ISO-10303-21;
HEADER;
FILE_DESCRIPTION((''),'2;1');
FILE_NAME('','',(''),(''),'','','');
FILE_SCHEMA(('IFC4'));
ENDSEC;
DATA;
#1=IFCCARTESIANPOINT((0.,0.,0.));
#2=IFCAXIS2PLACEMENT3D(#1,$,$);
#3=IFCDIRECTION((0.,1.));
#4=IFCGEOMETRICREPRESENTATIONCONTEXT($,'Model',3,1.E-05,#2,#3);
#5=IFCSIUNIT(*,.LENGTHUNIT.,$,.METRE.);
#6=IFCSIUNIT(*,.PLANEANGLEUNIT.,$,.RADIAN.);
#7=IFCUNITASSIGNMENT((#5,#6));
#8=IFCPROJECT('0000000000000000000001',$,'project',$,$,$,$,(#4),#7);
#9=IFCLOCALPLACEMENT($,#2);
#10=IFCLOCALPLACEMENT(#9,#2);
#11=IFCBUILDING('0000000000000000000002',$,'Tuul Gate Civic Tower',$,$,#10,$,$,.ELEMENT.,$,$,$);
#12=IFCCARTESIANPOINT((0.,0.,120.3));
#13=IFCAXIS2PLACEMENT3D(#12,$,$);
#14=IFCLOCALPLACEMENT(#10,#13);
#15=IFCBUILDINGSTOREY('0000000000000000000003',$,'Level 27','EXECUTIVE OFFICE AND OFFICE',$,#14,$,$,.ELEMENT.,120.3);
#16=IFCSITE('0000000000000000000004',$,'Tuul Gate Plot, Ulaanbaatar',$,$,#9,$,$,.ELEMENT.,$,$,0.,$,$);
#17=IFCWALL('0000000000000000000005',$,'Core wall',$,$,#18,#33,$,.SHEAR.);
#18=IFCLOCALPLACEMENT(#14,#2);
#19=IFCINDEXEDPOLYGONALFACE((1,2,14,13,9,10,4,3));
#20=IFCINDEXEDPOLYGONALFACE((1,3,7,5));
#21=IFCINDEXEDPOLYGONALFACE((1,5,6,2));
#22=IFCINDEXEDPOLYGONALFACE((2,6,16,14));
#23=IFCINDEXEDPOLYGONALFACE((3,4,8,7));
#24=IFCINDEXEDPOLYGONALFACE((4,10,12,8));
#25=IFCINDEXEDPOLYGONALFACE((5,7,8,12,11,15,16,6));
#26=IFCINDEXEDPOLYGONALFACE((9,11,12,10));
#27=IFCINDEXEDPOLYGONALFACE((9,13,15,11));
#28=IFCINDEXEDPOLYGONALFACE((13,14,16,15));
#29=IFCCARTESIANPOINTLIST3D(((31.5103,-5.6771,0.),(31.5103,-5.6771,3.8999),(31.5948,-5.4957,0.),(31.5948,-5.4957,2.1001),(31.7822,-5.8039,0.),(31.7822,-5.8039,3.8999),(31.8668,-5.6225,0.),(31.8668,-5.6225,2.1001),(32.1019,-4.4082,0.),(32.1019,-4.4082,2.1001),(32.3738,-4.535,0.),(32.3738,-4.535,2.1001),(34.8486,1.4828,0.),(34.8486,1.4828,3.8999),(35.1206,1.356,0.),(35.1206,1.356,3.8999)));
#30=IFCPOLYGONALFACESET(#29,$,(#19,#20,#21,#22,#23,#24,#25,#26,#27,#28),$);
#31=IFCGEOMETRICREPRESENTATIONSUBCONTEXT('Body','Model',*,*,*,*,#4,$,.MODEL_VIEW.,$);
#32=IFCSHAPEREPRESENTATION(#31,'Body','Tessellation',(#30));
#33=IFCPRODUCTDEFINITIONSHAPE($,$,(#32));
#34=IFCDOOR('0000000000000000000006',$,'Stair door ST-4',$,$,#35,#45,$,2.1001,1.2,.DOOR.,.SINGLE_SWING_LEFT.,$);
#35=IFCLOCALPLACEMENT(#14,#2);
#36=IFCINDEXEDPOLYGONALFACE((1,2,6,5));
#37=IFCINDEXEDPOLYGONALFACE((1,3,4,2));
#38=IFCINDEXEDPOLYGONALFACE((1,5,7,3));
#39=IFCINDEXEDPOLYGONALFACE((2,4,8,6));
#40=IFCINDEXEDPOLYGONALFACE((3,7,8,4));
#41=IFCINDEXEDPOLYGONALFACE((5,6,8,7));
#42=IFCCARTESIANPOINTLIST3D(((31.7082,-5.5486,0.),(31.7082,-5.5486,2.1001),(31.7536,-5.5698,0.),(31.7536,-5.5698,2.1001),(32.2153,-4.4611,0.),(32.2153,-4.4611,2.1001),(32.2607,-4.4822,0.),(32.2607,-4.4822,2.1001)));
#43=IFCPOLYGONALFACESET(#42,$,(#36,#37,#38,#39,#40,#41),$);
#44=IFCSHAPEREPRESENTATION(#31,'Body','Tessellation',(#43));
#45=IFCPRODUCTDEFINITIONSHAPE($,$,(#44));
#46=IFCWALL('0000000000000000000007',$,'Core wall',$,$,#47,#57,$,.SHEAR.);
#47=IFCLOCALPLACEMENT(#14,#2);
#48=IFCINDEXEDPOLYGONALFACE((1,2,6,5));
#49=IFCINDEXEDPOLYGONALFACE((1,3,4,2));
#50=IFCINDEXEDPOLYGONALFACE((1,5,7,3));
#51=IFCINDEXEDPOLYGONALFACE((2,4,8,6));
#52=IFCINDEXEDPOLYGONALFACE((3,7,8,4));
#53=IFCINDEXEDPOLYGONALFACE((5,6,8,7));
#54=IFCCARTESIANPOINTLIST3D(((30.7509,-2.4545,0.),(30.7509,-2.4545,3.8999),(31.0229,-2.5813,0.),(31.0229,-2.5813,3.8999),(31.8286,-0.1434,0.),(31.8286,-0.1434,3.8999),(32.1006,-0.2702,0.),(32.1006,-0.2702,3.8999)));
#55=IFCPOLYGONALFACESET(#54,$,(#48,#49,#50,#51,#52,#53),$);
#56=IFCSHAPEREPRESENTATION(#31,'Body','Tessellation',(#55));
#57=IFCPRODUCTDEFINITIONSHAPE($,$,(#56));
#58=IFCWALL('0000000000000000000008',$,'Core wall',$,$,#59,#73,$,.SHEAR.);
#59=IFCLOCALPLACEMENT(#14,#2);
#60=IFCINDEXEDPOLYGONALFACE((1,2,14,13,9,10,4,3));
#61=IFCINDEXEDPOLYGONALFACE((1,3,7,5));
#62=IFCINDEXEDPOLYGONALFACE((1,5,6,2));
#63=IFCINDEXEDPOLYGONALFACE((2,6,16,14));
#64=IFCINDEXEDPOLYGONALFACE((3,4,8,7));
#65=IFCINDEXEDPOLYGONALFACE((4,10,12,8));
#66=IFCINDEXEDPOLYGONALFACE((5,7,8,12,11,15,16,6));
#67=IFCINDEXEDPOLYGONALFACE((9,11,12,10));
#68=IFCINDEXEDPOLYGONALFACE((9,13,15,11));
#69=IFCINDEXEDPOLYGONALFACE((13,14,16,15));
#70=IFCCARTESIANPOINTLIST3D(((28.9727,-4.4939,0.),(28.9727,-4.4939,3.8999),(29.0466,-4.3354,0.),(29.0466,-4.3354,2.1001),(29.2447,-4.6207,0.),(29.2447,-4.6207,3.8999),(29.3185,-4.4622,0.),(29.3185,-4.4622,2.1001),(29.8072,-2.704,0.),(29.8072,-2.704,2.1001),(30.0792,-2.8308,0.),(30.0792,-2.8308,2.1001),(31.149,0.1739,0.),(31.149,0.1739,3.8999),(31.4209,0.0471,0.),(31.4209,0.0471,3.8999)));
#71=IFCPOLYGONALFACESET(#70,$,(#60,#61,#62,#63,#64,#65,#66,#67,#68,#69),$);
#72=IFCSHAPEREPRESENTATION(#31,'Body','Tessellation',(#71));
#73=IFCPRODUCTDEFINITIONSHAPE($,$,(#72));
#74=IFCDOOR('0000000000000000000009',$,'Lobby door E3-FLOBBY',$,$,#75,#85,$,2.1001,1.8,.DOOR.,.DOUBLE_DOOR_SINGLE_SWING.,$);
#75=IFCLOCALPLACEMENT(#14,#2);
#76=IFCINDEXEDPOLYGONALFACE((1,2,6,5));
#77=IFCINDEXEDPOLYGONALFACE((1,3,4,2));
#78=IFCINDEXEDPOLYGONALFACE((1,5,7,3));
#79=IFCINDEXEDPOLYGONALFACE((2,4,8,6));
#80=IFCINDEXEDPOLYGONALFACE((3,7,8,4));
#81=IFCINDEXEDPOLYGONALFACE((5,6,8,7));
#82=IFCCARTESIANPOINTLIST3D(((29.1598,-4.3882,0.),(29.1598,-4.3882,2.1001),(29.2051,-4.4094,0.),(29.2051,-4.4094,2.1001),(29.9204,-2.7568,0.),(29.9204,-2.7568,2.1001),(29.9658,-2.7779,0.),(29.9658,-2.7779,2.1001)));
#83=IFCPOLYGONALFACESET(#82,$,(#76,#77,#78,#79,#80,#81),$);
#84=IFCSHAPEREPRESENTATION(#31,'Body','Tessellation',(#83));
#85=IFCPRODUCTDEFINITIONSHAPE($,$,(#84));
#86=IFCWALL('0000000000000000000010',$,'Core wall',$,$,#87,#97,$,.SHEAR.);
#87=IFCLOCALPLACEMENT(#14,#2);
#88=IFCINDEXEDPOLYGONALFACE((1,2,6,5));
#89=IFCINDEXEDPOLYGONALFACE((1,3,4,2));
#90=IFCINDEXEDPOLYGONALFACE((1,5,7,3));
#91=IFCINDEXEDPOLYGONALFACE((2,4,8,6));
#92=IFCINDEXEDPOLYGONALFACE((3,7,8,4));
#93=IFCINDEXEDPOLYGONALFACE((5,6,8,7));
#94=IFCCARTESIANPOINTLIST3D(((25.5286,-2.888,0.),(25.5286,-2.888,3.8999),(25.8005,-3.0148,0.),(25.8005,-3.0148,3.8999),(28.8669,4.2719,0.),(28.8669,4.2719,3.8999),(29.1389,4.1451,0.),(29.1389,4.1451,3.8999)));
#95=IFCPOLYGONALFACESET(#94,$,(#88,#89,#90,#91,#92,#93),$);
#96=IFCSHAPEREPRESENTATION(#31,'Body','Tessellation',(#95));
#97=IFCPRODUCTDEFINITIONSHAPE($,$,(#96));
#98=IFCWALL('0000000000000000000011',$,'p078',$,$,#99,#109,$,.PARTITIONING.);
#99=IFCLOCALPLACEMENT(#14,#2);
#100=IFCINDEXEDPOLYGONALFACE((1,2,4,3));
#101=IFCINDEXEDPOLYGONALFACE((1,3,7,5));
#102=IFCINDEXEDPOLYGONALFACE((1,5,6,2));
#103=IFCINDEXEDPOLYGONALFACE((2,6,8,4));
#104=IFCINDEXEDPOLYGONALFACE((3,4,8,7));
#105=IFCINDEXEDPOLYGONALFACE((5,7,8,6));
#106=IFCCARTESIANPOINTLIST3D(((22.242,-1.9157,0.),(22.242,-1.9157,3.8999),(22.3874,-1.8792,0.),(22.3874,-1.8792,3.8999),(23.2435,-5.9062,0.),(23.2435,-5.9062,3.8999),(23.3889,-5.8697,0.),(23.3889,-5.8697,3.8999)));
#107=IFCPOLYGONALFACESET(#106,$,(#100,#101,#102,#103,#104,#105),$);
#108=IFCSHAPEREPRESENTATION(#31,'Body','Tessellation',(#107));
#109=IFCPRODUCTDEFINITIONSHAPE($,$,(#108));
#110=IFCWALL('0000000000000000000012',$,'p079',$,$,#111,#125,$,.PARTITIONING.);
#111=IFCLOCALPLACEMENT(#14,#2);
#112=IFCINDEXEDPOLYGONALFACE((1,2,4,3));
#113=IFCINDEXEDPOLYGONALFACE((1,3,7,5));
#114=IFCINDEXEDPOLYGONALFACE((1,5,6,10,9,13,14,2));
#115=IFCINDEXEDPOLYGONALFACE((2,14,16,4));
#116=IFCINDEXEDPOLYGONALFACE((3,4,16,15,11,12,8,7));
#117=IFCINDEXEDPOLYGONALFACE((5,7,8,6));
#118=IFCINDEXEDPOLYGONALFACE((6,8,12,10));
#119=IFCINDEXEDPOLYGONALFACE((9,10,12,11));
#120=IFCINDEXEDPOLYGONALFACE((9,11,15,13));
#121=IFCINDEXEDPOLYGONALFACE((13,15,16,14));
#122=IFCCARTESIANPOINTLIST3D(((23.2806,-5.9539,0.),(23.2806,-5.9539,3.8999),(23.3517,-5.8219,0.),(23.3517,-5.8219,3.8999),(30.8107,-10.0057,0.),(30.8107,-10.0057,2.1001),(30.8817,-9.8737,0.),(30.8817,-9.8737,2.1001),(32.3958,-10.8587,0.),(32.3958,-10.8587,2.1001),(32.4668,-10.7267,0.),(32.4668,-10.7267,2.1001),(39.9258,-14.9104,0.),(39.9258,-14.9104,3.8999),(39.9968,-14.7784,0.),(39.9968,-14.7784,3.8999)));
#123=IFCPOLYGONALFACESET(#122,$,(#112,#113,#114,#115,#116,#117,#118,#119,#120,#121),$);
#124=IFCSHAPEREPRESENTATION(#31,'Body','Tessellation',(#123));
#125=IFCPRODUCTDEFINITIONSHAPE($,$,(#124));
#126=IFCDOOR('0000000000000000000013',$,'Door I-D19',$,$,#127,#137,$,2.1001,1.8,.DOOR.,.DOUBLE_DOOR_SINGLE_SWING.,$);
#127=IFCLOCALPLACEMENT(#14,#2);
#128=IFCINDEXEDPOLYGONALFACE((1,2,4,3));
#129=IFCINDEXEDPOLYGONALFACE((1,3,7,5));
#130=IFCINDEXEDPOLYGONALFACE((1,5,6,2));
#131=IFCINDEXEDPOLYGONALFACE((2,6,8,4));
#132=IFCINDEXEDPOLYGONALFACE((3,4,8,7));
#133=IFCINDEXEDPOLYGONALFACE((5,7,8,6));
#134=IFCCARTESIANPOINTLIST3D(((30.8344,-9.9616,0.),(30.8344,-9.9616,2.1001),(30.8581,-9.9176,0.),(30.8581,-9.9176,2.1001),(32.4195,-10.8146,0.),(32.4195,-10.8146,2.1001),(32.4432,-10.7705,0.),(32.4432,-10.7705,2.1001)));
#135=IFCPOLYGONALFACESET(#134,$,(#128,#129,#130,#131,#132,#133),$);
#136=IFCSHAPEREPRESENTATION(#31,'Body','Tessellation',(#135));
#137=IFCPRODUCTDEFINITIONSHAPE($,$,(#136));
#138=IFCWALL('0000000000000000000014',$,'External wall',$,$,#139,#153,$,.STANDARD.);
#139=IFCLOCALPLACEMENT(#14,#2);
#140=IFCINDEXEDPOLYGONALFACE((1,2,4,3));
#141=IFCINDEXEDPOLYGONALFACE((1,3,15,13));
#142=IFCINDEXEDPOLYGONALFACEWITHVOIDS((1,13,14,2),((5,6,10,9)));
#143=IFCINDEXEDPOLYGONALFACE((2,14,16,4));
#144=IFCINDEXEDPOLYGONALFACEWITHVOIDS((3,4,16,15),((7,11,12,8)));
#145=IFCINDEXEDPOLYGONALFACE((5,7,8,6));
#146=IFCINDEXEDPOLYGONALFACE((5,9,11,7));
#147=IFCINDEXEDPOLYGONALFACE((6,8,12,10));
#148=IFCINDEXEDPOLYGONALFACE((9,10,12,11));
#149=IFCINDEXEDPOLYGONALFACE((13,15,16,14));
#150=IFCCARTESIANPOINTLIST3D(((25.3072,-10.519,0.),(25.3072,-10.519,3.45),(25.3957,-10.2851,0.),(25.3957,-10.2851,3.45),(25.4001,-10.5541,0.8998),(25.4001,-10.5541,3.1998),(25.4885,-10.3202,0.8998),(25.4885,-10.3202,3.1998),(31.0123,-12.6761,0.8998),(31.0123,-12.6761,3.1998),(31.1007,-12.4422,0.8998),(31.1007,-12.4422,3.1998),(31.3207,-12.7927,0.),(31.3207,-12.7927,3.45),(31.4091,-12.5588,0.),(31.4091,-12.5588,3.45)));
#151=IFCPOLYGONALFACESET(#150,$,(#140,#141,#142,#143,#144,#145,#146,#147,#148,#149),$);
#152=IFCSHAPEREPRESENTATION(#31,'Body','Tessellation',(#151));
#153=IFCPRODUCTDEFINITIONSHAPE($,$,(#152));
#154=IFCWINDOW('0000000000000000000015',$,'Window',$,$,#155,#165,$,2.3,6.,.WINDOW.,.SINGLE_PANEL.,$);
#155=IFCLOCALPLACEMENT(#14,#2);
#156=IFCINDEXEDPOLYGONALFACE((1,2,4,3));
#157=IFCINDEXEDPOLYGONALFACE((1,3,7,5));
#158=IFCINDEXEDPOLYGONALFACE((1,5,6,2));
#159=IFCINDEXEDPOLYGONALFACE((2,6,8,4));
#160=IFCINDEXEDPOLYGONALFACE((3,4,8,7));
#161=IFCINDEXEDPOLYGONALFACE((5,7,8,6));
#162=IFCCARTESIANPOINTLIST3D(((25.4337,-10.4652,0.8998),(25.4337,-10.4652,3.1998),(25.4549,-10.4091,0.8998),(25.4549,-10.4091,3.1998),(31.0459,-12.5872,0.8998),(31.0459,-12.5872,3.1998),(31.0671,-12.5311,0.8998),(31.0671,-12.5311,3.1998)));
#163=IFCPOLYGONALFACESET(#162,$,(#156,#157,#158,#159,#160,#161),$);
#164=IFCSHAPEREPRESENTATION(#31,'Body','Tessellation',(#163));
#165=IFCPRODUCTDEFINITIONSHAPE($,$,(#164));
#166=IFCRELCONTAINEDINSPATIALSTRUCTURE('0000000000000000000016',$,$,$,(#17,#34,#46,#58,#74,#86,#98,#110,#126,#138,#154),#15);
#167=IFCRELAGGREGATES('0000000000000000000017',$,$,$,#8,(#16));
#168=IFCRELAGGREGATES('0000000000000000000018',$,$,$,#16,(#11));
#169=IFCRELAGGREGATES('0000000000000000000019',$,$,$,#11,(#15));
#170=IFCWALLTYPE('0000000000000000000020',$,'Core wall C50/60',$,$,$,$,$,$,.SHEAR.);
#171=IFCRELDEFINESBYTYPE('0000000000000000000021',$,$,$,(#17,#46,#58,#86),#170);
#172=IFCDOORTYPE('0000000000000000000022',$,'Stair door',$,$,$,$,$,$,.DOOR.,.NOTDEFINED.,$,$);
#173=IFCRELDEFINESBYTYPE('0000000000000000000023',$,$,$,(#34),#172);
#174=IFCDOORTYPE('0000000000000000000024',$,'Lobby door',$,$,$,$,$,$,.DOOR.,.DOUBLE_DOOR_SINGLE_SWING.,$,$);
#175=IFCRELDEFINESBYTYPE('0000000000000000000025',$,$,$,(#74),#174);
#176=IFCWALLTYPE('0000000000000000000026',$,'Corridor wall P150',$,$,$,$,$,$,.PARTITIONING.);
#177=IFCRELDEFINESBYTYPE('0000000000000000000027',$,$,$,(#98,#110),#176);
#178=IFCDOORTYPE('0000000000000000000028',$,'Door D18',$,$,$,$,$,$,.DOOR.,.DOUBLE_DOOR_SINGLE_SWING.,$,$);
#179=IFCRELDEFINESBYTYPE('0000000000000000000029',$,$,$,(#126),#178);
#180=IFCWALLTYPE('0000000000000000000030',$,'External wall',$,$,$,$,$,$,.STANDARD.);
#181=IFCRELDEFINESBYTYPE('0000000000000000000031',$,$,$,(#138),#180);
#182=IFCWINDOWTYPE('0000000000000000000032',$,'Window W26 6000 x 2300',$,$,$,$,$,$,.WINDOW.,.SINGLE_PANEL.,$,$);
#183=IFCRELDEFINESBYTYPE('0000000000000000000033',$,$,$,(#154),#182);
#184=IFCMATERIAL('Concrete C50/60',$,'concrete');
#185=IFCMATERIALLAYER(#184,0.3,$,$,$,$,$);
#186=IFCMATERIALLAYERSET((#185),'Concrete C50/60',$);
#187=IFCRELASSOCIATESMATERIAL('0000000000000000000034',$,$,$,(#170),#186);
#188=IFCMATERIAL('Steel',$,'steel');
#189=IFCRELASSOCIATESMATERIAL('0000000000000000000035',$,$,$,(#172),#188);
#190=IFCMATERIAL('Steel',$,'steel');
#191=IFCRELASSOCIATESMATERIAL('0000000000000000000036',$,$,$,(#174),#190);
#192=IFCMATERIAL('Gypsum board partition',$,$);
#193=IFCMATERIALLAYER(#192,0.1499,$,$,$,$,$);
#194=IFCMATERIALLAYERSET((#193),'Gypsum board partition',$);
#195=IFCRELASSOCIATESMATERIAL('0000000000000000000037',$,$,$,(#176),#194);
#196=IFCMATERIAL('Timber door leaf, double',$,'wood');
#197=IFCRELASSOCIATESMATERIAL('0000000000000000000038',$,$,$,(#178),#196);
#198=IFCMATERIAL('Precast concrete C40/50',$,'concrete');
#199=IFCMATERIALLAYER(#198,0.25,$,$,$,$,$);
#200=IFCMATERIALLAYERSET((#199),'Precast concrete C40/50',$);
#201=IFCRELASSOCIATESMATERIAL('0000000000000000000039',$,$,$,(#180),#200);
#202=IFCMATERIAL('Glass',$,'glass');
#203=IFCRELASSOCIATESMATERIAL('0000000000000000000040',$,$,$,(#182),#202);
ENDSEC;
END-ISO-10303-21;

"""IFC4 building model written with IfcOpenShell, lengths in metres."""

from ifc_helpers import new_model, si_unit, direction, frame, frame_2d, origin, place, context, subcontext, project, spatial, rectangle, extrude, material, layer, layer_set, type_object, element, fill, save


model = new_model("IFC4")

# Units and contexts
model_context = context("Model", 3, precision=1e-05, world=origin(), true_north=direction((0.0, 1.0)))
body_context = subcontext(model_context, "Body", "Model", "MODEL_VIEW")
ifc_project = project(units=[si_unit("LENGTHUNIT", "METRE"), si_unit("PLANEANGLEUNIT", "RADIAN")], contexts=[model_context])

# Site, building, storey
site_placement = place(None, origin())
site = spatial("IfcSite", under=ifc_project, at=site_placement, Name="Tuul Gate Plot, Ulaanbaatar", CompositionType="ELEMENT", RefElevation=0.0)
building_placement = place(site_placement, origin())
building = spatial("IfcBuilding", under=site, at=building_placement, Name="Tuul Gate Civic Tower", CompositionType="ELEMENT")
storey_placement = place(building_placement, frame((0.0, 0.0, 120.3)))
storey = spatial("IfcBuildingStorey", under=building, at=storey_placement, Name="Level 27", Description="EXECUTIVE OFFICE AND OFFICE", CompositionType="ELEMENT", Elevation=120.3)

# Shared definitions
ifc_material_1 = material(Name="Concrete C50/60", Category="concrete")
ifc_layer_1 = layer(ifc_material_1, 0.3)
ifc_layer_set_1 = layer_set([ifc_layer_1], Name="Concrete C50/60")
wall_type_1 = type_object("IfcWallType", Name="Core wall C50/60", PredefinedType="SHEAR", material=ifc_layer_set_1)

# Wall, opening, door
wall_1_placement = place(storey_placement, frame((31.6462, -5.7405, 0.0), z_axis=(0.0, 0.0, 1.0), x_axis=(0.422583, 0.906324, 0.0)))
wall_1 = element("IfcWall", 1, at=wall_1_placement, inside=storey, type_object=wall_type_1, Name="Core wall", PredefinedType="SHEAR", context=body_context, shape_type="SweptSolid", body=[
    extrude(rectangle(XDim=7.8999, YDim=0.3, at=frame_2d((3.95, 0.0))), origin(), (0.0, 0.0, 1.0), 3.8999),
])
opening_1_placement = place(wall_1_placement, frame((0.2, 0.0, 0.0)))
opening_1 = element("IfcOpeningElement", 2, at=opening_1_placement, cuts=wall_1, PredefinedType="OPENING", context=body_context, shape_type="SweptSolid", body=[
    extrude(rectangle(XDim=1.2, YDim=2.1001, at=frame_2d((0.6001, 1.05))), frame((0.0, 0.1602, 0.0), z_axis=(0.0, -1.0, 0.0), x_axis=(1.0, 0.0, 0.0)), (0.0, 0.0, 1.0), 0.3201),
])
ifc_material_2 = material(Name="Steel", Category="steel")
door_type_1 = type_object("IfcDoorType", Name="Stair door", OperationType="NOTDEFINED", PredefinedType="DOOR", material=ifc_material_2)
door_1_placement = place(opening_1_placement, origin())
door_1 = element("IfcDoor", 3, at=door_1_placement, inside=storey, type_object=door_type_1, Name="Stair door ST-4", OperationType="SINGLE_SWING_LEFT", OverallHeight=2.1001, OverallWidth=1.2, PredefinedType="DOOR", context=body_context, shape_type="SweptSolid", body=[
    extrude(rectangle(XDim=1.2, YDim=2.1001, at=frame_2d((0.6001, 1.05))), frame((0.0, 0.0249, 0.0), z_axis=(0.0, -1.0, 0.0), x_axis=(1.0, 0.0, 0.0)), (0.0, 0.0, 1.0), 0.05),
])
fill(opening_1, door_1)

# Wall
wall_2_placement = place(storey_placement, frame((30.887, -2.5178, 0.0), z_axis=(0.0, 0.0, 1.0), x_axis=(0.422613, 0.90631, 0.0)))
element("IfcWall", 4, at=wall_2_placement, inside=storey, type_object=wall_type_1, Name="Core wall", PredefinedType="SHEAR", context=body_context, shape_type="SweptSolid", body=[
    extrude(rectangle(XDim=2.55, YDim=0.3, at=frame_2d((1.2749, 0.0))), origin(), (0.0, 0.0, 1.0), 3.8999),
])

# Wall, opening, door
wall_3_placement = place(storey_placement, frame((29.1086, -4.5574, 0.0), z_axis=(0.0, 0.0, 1.0), x_axis=(0.422566, 0.906332, 0.0)))
wall_3 = element("IfcWall", 5, at=wall_3_placement, inside=storey, type_object=wall_type_1, Name="Core wall", PredefinedType="SHEAR", context=body_context, shape_type="SweptSolid", body=[
    extrude(rectangle(XDim=5.1501, YDim=0.3, at=frame_2d((2.5752, 0.0))), origin(), (0.0, 0.0, 1.0), 3.8999),
])
opening_2_placement = place(wall_3_placement, frame((0.175, 0.0, 0.0)))
opening_2 = element("IfcOpeningElement", 6, at=opening_2_placement, cuts=wall_3, PredefinedType="OPENING", context=body_context, shape_type="SweptSolid", body=[
    extrude(rectangle(XDim=1.8, YDim=2.1001, at=frame_2d((0.8999, 1.05))), frame((0.0, 0.1602, 0.0), z_axis=(0.0, -1.0, 0.0), x_axis=(1.0, 0.0, 0.0)), (0.0, 0.0, 1.0), 0.3201),
])
ifc_material_3 = material(Name="Steel", Category="steel")
door_type_2 = type_object("IfcDoorType", Name="Lobby door", OperationType="DOUBLE_DOOR_SINGLE_SWING", PredefinedType="DOOR", material=ifc_material_3)
door_2_placement = place(opening_2_placement, frame((1.8, 0.0, 0.0), z_axis=(0.0, 0.0, 1.0), x_axis=(-1.0, 0.0, 0.0)))
door_2 = element("IfcDoor", 7, at=door_2_placement, inside=storey, type_object=door_type_2, Name="Lobby door E3-FLOBBY", OperationType="DOUBLE_DOOR_SINGLE_SWING", OverallHeight=2.1001, OverallWidth=1.8, PredefinedType="DOOR", context=body_context, shape_type="SweptSolid", body=[
    extrude(rectangle(XDim=1.8, YDim=2.1001, at=frame_2d((0.9001, 1.05))), frame((0.0, 0.0249, 0.0), z_axis=(0.0, -1.0, 0.0), x_axis=(1.0, 0.0, 0.0)), (0.0, 0.0, 1.0), 0.05),
])
fill(opening_2, door_2)

# Walls
wall_4_placement = place(storey_placement, frame((25.6646, -2.9514, 0.0), z_axis=(0.0, 0.0, 1.0), x_axis=(0.422583, 0.906324, 0.0)))
element("IfcWall", 8, at=wall_4_placement, inside=storey, type_object=wall_type_1, Name="Core wall", PredefinedType="SHEAR", context=body_context, shape_type="SweptSolid", body=[
    extrude(rectangle(XDim=7.8999, YDim=0.3, at=frame_2d((3.95, 0.0))), origin(), (0.0, 0.0, 1.0), 3.8999),
])
ifc_material_4 = material(Name="Gypsum board partition")
ifc_layer_2 = layer(ifc_material_4, 0.1499)
ifc_layer_set_2 = layer_set([ifc_layer_2], Name="Gypsum board partition")
wall_type_2 = type_object("IfcWallType", Name="Corridor wall P150", PredefinedType="PARTITIONING", material=ifc_layer_set_2)
wall_5_placement = place(storey_placement, frame((22.3147, -1.8975, 0.0), z_axis=(0.0, 0.0, 1.0), x_axis=(0.243415, -0.969922, 0.0)))
element("IfcWall", 9, at=wall_5_placement, inside=storey, type_object=wall_type_2, Name="p078", PredefinedType="PARTITIONING", context=body_context, shape_type="SweptSolid", body=[
    extrude(rectangle(XDim=4.1143, YDim=0.1499, at=frame_2d((2.0571, 0.0))), origin(), (0.0, 0.0, 1.0), 3.8999),
])

# Wall, opening, door
wall_6_placement = place(storey_placement, frame((23.3162, -5.8879, 0.0), z_axis=(0.0, 0.0, 1.0), x_axis=(0.88061, -0.473842, 0.0)))
wall_6 = element("IfcWall", 10, at=wall_6_placement, inside=storey, type_object=wall_type_2, Name="p079", PredefinedType="PARTITIONING", context=body_context, shape_type="SweptSolid", body=[
    extrude(rectangle(XDim=18.9019, YDim=0.1499, at=frame_2d((9.4509, 0.0))), origin(), (0.0, 0.0, 1.0), 3.8999),
])
opening_3_placement = place(wall_6_placement, frame((8.551, 0.0, 0.0)))
opening_3 = element("IfcOpeningElement", 11, at=opening_3_placement, cuts=wall_6, PredefinedType="OPENING", context=body_context, shape_type="SweptSolid", body=[
    extrude(rectangle(XDim=1.8, YDim=2.1001, at=frame_2d((0.8999, 1.05))), frame((0.0, 0.085, 0.0), z_axis=(0.0, -1.0, 0.0), x_axis=(1.0, 0.0, 0.0)), (0.0, 0.0, 1.0), 0.1699),
])
ifc_material_5 = material(Name="Timber door leaf, double", Category="wood")
door_type_3 = type_object("IfcDoorType", Name="Door D18", OperationType="DOUBLE_DOOR_SINGLE_SWING", PredefinedType="DOOR", material=ifc_material_5)
door_3_placement = place(opening_3_placement, frame((1.8, 0.0, 0.0), z_axis=(0.0, 0.0, 1.0), x_axis=(-1.0, 0.0, 0.0)))
door_3 = element("IfcDoor", 12, at=door_3_placement, inside=storey, type_object=door_type_3, Name="Door I-D19", OperationType="DOUBLE_DOOR_SINGLE_SWING", OverallHeight=2.1001, OverallWidth=1.8, PredefinedType="DOOR", context=body_context, shape_type="SweptSolid", body=[
    extrude(rectangle(XDim=1.8, YDim=2.1001, at=frame_2d((0.9001, 1.05))), frame((0.0, 0.0249, 0.0), z_axis=(0.0, -1.0, 0.0), x_axis=(1.0, 0.0, 0.0)), (0.0, 0.0, 1.0), 0.05),
])
fill(opening_3, door_3)

# Wall, opening, window
ifc_material_6 = material(Name="Precast concrete C40/50", Category="concrete")
ifc_layer_3 = layer(ifc_material_6, 0.25)
ifc_layer_set_3 = layer_set([ifc_layer_3], Name="Precast concrete C40/50")
wall_type_3 = type_object("IfcWallType", Name="External wall", PredefinedType="STANDARD", material=ifc_layer_set_3)
wall_7_placement = place(storey_placement, frame((25.3516, -10.4021, 0.0), z_axis=(0.0, 0.0, 1.0), x_axis=(0.935372, -0.353665, 0.0)))
wall_7 = element("IfcWall", 13, at=wall_7_placement, inside=storey, type_object=wall_type_3, Name="External wall", PredefinedType="STANDARD", context=body_context, shape_type="SweptSolid", body=[
    extrude(rectangle(XDim=6.429, YDim=0.25, at=frame_2d((3.2144, 0.0))), origin(), (0.0, 0.0, 1.0), 3.45),
])
opening_4_placement = place(wall_7_placement, frame((0.0991, 0.0, 0.8999)))
opening_4 = element("IfcOpeningElement", 14, at=opening_4_placement, cuts=wall_7, PredefinedType="OPENING", context=body_context, shape_type="SweptSolid", body=[
    extrude(rectangle(XDim=6.0, YDim=2.3, at=frame_2d((3.0, 1.1499))), frame((0.0, 0.135, 0.0), z_axis=(0.0, -1.0, 0.0), x_axis=(1.0, 0.0, 0.0)), (0.0, 0.0, 1.0), 0.27),
])
ifc_material_7 = material(Name="Glass", Category="glass")
window_type = type_object("IfcWindowType", Name="Window W26 6000 x 2300", PartitioningType="SINGLE_PANEL", PredefinedType="WINDOW", material=ifc_material_7)
window_1_placement = place(opening_4_placement, origin())
window_1 = element("IfcWindow", 15, at=window_1_placement, inside=storey, type_object=window_type, Name="Window", OverallHeight=2.3, OverallWidth=6.0, PartitioningType="SINGLE_PANEL", PredefinedType="WINDOW", context=body_context, shape_type="SweptSolid", body=[
    extrude(rectangle(XDim=6.0, YDim=2.3, at=frame_2d((3.0, 1.1499))), frame((0.0, 0.03, 0.0), z_axis=(0.0, -1.0, 0.0), x_axis=(1.0, 0.0, 0.0)), (0.0, 0.0, 1.0), 0.0601),
])
fill(opening_4, window_1)

save(model, "model.ifc")
